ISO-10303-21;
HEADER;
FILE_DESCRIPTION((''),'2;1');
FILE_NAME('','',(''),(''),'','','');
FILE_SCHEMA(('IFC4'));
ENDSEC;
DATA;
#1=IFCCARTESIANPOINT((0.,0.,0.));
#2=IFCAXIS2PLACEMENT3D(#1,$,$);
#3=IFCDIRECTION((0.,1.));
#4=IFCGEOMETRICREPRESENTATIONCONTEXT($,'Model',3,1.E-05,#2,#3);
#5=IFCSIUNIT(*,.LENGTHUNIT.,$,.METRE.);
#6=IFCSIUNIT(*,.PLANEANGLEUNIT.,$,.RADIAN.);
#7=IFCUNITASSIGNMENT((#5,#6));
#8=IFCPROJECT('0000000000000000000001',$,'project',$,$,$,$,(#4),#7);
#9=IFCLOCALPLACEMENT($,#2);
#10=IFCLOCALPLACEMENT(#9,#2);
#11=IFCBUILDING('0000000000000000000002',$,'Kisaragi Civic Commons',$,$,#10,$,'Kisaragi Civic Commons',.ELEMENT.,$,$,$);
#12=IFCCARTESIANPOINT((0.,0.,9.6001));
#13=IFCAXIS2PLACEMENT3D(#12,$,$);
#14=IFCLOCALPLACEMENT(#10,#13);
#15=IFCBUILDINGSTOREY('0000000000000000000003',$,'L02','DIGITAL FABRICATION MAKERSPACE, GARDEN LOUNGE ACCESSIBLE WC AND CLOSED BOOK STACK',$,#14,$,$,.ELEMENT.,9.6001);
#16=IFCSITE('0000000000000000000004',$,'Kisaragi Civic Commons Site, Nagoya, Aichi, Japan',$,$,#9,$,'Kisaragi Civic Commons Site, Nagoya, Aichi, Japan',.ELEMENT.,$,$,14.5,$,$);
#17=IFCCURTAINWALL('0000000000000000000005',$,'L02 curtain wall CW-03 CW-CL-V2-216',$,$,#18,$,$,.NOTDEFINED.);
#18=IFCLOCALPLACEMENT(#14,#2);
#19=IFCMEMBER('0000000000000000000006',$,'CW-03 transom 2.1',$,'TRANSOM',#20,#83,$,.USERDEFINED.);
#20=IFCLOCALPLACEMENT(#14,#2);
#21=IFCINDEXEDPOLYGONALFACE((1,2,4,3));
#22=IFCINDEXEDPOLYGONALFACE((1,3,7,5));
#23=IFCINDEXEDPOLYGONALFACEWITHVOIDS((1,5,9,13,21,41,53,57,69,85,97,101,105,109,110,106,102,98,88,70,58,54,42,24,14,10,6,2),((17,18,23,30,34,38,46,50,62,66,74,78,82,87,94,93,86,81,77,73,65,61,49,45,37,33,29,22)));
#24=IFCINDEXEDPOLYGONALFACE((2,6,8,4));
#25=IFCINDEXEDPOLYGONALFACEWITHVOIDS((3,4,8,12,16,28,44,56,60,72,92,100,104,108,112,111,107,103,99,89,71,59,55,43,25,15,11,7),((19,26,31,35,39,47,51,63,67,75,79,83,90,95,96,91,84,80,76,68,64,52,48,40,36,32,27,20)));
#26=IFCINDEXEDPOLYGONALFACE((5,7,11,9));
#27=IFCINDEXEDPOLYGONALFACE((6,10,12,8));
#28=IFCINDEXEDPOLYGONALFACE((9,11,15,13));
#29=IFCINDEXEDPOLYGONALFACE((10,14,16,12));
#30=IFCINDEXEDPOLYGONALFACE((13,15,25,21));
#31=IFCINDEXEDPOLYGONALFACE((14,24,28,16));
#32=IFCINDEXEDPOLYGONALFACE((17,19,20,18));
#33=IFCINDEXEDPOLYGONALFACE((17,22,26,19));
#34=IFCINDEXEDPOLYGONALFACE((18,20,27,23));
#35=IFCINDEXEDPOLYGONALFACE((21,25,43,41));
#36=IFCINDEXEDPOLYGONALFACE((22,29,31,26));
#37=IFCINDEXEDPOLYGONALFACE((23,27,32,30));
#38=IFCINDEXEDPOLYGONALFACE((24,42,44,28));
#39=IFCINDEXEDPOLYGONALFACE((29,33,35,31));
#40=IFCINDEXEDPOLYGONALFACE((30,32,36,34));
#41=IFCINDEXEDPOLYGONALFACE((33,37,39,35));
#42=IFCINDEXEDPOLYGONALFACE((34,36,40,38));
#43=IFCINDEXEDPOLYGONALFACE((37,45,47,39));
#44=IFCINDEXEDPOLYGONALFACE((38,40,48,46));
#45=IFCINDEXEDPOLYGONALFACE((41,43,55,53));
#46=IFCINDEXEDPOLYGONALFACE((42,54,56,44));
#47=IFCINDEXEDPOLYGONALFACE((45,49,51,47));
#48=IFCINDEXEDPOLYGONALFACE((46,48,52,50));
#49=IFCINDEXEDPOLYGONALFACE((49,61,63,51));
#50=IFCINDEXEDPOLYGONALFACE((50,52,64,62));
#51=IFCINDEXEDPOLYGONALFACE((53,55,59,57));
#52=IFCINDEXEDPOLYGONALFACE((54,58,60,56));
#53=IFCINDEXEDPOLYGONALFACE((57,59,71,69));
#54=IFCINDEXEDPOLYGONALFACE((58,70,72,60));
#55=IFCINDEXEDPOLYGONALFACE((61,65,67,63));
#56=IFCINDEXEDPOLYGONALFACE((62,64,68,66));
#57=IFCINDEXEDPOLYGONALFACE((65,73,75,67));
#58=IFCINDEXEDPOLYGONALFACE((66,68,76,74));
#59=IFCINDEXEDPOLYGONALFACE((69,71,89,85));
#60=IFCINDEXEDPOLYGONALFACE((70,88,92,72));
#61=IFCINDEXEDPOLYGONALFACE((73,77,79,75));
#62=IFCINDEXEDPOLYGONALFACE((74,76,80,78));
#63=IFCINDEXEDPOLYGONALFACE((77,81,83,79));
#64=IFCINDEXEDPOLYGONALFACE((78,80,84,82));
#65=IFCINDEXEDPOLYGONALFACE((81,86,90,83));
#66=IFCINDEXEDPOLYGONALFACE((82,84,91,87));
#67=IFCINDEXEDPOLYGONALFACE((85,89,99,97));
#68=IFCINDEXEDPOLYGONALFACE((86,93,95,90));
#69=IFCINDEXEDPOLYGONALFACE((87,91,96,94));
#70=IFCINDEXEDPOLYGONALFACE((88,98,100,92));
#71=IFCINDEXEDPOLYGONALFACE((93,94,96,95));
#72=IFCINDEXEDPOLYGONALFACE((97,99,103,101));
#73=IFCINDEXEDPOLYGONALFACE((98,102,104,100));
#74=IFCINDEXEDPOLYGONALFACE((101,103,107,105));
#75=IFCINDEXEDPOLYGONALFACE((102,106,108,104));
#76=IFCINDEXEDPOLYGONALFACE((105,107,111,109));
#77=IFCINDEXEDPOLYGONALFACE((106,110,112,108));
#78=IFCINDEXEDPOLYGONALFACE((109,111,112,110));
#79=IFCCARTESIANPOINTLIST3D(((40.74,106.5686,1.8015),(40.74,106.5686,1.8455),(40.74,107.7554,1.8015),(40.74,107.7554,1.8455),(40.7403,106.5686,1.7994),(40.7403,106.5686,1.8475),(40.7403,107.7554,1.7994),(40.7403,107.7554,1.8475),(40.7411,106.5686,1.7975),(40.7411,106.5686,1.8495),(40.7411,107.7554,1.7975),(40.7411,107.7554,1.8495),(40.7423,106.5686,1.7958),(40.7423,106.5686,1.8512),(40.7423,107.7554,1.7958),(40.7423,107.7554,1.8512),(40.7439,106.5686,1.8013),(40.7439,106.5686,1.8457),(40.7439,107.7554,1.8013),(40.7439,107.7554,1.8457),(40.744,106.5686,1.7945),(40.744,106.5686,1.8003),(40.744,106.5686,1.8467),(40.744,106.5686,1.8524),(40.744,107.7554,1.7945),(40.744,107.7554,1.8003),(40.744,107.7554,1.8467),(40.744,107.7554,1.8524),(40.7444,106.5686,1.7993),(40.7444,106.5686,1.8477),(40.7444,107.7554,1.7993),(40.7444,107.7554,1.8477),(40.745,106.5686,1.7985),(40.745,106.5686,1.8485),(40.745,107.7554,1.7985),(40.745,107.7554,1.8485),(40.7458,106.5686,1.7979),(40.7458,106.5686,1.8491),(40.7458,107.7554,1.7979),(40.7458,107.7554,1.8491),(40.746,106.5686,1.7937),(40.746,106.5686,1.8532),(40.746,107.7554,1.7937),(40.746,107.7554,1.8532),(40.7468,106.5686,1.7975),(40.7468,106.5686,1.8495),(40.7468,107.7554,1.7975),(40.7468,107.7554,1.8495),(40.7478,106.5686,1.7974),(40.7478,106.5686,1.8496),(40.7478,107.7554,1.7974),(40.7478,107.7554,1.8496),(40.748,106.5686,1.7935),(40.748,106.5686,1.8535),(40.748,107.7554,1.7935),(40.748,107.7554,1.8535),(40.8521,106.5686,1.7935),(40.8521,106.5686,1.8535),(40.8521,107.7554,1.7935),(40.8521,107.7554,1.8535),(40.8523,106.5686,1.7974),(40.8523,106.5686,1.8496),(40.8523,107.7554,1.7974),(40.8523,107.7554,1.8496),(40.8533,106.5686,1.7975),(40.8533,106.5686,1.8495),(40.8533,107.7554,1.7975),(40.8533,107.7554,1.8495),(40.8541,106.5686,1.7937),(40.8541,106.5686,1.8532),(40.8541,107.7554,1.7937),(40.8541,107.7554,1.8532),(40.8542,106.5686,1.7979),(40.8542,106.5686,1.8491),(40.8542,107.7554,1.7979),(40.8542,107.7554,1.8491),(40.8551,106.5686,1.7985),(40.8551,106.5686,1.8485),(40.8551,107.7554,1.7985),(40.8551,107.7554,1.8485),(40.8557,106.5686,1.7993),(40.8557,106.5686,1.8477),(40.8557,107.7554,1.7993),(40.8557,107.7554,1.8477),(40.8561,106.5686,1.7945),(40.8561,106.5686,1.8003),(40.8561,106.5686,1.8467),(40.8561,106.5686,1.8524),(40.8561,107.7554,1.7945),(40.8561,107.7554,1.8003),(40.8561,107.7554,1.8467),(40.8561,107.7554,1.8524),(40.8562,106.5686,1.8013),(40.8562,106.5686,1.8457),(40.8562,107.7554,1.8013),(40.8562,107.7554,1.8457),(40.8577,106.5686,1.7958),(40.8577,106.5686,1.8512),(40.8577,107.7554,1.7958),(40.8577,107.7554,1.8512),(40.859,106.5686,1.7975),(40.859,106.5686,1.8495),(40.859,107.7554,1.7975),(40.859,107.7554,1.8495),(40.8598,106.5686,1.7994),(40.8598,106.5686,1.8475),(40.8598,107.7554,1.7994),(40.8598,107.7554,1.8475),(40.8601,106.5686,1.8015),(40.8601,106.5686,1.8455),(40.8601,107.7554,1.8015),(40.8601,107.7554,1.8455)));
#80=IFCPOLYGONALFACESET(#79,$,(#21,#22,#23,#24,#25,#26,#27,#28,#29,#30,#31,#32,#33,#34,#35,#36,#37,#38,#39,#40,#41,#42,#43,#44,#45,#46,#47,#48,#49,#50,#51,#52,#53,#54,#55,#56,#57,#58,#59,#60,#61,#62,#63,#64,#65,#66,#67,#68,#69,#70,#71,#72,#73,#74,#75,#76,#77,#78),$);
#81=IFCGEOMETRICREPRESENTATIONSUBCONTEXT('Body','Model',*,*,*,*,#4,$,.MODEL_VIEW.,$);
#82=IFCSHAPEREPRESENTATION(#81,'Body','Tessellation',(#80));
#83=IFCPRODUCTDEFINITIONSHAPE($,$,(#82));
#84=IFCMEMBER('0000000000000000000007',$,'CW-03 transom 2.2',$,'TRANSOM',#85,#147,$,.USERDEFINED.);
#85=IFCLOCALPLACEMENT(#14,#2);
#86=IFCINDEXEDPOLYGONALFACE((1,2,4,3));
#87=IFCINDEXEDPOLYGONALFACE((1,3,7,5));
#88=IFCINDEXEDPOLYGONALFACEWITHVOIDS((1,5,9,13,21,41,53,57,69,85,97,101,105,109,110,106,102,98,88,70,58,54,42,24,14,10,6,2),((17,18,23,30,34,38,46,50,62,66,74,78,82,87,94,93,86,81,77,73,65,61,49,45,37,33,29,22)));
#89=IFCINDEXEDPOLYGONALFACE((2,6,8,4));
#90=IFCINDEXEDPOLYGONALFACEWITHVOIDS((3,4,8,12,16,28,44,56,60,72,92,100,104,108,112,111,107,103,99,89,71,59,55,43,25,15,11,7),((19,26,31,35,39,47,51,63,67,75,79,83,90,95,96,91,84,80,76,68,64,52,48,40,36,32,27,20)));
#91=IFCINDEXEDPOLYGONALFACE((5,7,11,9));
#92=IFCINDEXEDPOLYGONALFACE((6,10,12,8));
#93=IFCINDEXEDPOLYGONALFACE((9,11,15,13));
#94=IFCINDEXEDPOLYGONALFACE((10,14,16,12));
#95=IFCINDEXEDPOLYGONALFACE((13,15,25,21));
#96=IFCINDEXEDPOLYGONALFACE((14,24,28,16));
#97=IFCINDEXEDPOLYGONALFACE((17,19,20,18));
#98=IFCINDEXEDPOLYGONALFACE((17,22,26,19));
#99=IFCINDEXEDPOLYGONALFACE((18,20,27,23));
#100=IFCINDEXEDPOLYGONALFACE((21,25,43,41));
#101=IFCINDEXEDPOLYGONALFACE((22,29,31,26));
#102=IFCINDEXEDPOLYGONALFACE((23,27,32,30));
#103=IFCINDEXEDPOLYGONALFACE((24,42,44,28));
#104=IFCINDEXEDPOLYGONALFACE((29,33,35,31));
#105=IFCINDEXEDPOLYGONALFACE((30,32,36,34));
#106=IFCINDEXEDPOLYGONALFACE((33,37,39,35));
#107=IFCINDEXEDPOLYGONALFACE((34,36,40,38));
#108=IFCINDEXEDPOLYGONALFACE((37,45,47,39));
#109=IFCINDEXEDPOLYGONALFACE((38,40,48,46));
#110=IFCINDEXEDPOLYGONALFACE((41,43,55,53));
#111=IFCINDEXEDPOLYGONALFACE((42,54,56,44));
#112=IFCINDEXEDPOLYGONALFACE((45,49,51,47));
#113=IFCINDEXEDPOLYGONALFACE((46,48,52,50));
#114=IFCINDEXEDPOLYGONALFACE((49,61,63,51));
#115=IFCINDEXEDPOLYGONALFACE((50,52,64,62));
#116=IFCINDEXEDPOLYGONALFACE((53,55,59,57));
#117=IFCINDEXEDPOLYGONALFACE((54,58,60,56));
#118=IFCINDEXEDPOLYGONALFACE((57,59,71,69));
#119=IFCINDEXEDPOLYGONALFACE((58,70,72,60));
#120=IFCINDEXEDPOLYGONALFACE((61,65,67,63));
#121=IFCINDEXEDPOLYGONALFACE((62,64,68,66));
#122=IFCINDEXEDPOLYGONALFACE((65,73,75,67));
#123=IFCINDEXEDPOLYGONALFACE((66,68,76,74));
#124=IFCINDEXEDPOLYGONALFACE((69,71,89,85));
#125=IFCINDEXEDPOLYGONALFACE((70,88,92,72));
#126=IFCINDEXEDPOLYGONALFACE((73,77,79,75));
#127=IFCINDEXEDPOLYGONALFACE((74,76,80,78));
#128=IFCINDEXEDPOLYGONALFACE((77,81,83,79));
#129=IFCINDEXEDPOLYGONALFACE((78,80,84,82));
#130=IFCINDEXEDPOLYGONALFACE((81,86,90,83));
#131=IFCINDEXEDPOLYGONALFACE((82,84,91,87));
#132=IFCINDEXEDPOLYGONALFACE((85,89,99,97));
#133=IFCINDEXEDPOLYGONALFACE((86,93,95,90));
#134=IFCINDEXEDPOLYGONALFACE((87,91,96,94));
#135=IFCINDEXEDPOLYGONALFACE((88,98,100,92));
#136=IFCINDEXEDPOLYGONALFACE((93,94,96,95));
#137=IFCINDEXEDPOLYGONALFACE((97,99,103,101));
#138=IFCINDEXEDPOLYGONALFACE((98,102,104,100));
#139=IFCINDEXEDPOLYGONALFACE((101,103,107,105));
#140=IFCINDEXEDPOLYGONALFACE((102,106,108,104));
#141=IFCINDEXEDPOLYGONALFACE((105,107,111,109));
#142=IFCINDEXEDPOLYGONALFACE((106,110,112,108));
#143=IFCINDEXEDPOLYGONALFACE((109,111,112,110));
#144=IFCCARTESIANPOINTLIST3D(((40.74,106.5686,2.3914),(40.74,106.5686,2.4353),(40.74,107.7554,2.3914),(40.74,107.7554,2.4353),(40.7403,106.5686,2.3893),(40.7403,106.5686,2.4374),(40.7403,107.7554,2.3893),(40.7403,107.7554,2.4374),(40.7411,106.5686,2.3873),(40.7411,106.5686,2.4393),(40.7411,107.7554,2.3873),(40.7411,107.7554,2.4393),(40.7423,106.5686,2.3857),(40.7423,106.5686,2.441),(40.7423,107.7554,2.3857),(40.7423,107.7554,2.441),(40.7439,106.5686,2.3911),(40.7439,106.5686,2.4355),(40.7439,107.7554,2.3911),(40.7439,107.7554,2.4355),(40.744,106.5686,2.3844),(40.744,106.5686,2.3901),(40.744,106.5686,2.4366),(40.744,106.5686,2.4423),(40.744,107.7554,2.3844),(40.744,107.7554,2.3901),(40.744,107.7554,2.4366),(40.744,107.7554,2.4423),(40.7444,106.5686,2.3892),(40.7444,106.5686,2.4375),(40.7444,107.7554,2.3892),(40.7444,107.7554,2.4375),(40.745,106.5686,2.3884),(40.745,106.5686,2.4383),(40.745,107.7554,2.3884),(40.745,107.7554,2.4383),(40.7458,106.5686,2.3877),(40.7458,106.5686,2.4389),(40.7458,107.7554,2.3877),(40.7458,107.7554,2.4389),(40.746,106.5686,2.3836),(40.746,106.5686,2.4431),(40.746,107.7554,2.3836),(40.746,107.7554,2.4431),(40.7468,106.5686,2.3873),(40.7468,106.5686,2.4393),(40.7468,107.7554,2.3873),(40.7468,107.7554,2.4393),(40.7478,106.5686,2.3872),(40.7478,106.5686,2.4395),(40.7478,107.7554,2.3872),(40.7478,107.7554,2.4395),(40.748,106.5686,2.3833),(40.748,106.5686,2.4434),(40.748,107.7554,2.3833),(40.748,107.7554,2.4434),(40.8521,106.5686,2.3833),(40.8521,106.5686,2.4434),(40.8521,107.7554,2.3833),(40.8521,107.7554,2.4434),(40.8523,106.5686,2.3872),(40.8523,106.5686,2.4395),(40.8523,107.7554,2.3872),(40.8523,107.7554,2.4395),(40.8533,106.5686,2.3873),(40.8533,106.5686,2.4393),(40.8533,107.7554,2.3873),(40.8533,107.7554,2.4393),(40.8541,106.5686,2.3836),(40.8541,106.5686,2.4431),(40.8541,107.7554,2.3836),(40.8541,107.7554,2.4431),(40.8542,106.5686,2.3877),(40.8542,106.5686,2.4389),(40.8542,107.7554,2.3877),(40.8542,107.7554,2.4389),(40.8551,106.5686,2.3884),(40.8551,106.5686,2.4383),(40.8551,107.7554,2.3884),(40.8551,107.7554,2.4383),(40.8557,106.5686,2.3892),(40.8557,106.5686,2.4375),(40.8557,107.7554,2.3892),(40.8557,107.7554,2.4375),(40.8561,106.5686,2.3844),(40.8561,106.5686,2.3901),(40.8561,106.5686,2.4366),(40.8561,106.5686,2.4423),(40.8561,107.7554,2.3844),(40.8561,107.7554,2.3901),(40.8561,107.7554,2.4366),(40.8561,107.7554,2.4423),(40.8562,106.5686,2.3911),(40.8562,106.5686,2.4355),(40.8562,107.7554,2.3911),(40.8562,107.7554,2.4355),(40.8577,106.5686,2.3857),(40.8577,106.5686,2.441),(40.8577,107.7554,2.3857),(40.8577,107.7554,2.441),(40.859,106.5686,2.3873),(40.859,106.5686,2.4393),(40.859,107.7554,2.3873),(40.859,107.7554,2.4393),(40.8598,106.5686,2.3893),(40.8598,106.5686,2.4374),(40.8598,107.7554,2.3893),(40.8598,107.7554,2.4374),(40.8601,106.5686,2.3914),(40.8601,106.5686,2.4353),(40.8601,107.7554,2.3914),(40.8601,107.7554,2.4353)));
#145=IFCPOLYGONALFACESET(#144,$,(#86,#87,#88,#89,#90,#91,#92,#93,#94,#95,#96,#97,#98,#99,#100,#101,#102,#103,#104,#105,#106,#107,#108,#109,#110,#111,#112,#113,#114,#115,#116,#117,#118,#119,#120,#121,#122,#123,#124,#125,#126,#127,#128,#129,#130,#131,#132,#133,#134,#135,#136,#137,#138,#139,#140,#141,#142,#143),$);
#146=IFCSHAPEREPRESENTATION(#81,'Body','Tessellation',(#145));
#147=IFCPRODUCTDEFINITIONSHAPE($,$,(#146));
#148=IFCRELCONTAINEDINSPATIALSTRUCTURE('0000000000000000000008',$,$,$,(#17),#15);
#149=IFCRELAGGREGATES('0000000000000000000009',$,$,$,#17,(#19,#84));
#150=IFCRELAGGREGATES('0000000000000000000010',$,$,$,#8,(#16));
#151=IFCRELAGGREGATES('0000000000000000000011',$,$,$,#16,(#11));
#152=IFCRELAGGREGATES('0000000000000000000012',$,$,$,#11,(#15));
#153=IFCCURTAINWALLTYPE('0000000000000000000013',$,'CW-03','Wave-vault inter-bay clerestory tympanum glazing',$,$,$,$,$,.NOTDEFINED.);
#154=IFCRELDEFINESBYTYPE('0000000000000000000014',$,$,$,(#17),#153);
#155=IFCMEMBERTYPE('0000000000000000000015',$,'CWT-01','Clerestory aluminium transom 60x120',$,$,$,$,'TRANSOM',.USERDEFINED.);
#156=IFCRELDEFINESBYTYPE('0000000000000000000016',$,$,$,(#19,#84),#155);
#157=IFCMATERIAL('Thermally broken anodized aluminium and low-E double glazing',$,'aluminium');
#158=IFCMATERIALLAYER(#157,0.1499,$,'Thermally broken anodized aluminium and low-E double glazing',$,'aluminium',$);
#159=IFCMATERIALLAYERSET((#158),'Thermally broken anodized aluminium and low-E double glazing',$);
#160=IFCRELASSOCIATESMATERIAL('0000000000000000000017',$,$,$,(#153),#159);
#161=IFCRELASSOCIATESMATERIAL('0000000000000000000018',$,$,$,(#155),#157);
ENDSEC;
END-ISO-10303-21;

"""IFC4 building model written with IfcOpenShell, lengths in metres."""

from ifc_helpers import new_model, si_unit, direction, frame, origin, origin_2d, place, context, subcontext, project, spatial, hollow_rectangle, extrude, material, layer, layer_set, material_profile, profile_set, type_object, element, aggregate, save


model = new_model("IFC4")

# Units and contexts
model_context = context("Model", 3, precision=1e-05, world=origin(), true_north=direction((0.0, 1.0)))
body_context = subcontext(model_context, "Body", "Model", "MODEL_VIEW")
ifc_project = project(units=[si_unit("LENGTHUNIT", "METRE"), si_unit("PLANEANGLEUNIT", "RADIAN")], contexts=[model_context])

# Site, building, storey
site_placement = place(None, origin())
site = spatial("IfcSite", under=ifc_project, at=site_placement, Name="Kisaragi Civic Commons Site, Nagoya, Aichi, Japan", LongName="Kisaragi Civic Commons Site, Nagoya, Aichi, Japan", CompositionType="ELEMENT", RefElevation=14.5)
building_placement = place(site_placement, origin())
building = spatial("IfcBuilding", under=site, at=building_placement, Name="Kisaragi Civic Commons", LongName="Kisaragi Civic Commons", CompositionType="ELEMENT")
storey_placement = place(building_placement, frame((0.0, 0.0, 9.6001)))
storey = spatial("IfcBuildingStorey", under=building, at=storey_placement, Name="L02", Description="DIGITAL FABRICATION MAKERSPACE, GARDEN LOUNGE ACCESSIBLE WC AND CLOSED BOOK STACK", CompositionType="ELEMENT", Elevation=9.6001)

# Curtain wall, members
ifc_material_1 = material(Name="Thermally broken anodized aluminium and low-E double glazing", Category="aluminium")
ifc_layer_1 = layer(ifc_material_1, 0.1499, Name="Thermally broken anodized aluminium and low-E double glazing", Category="aluminium")
ifc_layer_set_1 = layer_set([ifc_layer_1], Name="Thermally broken anodized aluminium and low-E double glazing")
curtain_wall_type = type_object("IfcCurtainWallType", Name="CW-03", Description="Wave-vault inter-bay clerestory tympanum glazing", PredefinedType="NOTDEFINED", material=ifc_layer_set_1)
curtain_wall_placement = place(storey_placement, origin())
curtain_wall = element("IfcCurtainWall", 1, at=curtain_wall_placement, inside=storey, type_object=curtain_wall_type, Name="L02 curtain wall CW-03 CW-CL-V2-216", PredefinedType="NOTDEFINED")
ifc_material_profile_1 = material_profile(ifc_material_1, hollow_rectangle(XDim=0.1201, YDim=0.0601, WallThickness=0.0039, InnerFilletRadius=0.0039, OuterFilletRadius=0.0081, at=origin_2d()), Name="CWT-60x120x4", Category="aluminium")
ifc_profile_set_1 = profile_set([ifc_material_profile_1], Name="Thermally broken anodized aluminium and low-E double glazing")
member_type_1 = type_object("IfcMemberType", Name="CWT-01", Description="Clerestory aluminium transom 60x120", ElementType="TRANSOM", PredefinedType="USERDEFINED", material=ifc_profile_set_1)
member_1_placement = place(storey_placement, frame((40.8, 106.5686, 1.8235), z_axis=(0.0, 1.0, 0.0), x_axis=(-1.0, 0.0, 0.0)))
member_1 = element("IfcMember", 2, at=member_1_placement, type_object=member_type_1, Name="CW-03 transom 2.1", ObjectType="TRANSOM", PredefinedType="USERDEFINED", context=body_context, shape_type="SweptSolid", body=[
    extrude(hollow_rectangle(XDim=0.1201, YDim=0.0601, WallThickness=0.0039, InnerFilletRadius=0.0039, OuterFilletRadius=0.0081, at=origin_2d()), origin(), (0.0, 0.0, 1.0), 1.1868),
])
member_2_placement = place(storey_placement, frame((40.8, 106.5686, 2.4133), z_axis=(0.0, 1.0, 0.0), x_axis=(-1.0, 0.0, 0.0)))
member_2 = element("IfcMember", 3, at=member_2_placement, type_object=member_type_1, Name="CW-03 transom 2.2", ObjectType="TRANSOM", PredefinedType="USERDEFINED", context=body_context, shape_type="SweptSolid", body=[
    extrude(hollow_rectangle(XDim=0.1201, YDim=0.0601, WallThickness=0.0039, InnerFilletRadius=0.0039, OuterFilletRadius=0.0081, at=origin_2d()), origin(), (0.0, 0.0, 1.0), 1.1868),
])

aggregate(curtain_wall, [member_1, member_2])

save(model, "model.ifc")
